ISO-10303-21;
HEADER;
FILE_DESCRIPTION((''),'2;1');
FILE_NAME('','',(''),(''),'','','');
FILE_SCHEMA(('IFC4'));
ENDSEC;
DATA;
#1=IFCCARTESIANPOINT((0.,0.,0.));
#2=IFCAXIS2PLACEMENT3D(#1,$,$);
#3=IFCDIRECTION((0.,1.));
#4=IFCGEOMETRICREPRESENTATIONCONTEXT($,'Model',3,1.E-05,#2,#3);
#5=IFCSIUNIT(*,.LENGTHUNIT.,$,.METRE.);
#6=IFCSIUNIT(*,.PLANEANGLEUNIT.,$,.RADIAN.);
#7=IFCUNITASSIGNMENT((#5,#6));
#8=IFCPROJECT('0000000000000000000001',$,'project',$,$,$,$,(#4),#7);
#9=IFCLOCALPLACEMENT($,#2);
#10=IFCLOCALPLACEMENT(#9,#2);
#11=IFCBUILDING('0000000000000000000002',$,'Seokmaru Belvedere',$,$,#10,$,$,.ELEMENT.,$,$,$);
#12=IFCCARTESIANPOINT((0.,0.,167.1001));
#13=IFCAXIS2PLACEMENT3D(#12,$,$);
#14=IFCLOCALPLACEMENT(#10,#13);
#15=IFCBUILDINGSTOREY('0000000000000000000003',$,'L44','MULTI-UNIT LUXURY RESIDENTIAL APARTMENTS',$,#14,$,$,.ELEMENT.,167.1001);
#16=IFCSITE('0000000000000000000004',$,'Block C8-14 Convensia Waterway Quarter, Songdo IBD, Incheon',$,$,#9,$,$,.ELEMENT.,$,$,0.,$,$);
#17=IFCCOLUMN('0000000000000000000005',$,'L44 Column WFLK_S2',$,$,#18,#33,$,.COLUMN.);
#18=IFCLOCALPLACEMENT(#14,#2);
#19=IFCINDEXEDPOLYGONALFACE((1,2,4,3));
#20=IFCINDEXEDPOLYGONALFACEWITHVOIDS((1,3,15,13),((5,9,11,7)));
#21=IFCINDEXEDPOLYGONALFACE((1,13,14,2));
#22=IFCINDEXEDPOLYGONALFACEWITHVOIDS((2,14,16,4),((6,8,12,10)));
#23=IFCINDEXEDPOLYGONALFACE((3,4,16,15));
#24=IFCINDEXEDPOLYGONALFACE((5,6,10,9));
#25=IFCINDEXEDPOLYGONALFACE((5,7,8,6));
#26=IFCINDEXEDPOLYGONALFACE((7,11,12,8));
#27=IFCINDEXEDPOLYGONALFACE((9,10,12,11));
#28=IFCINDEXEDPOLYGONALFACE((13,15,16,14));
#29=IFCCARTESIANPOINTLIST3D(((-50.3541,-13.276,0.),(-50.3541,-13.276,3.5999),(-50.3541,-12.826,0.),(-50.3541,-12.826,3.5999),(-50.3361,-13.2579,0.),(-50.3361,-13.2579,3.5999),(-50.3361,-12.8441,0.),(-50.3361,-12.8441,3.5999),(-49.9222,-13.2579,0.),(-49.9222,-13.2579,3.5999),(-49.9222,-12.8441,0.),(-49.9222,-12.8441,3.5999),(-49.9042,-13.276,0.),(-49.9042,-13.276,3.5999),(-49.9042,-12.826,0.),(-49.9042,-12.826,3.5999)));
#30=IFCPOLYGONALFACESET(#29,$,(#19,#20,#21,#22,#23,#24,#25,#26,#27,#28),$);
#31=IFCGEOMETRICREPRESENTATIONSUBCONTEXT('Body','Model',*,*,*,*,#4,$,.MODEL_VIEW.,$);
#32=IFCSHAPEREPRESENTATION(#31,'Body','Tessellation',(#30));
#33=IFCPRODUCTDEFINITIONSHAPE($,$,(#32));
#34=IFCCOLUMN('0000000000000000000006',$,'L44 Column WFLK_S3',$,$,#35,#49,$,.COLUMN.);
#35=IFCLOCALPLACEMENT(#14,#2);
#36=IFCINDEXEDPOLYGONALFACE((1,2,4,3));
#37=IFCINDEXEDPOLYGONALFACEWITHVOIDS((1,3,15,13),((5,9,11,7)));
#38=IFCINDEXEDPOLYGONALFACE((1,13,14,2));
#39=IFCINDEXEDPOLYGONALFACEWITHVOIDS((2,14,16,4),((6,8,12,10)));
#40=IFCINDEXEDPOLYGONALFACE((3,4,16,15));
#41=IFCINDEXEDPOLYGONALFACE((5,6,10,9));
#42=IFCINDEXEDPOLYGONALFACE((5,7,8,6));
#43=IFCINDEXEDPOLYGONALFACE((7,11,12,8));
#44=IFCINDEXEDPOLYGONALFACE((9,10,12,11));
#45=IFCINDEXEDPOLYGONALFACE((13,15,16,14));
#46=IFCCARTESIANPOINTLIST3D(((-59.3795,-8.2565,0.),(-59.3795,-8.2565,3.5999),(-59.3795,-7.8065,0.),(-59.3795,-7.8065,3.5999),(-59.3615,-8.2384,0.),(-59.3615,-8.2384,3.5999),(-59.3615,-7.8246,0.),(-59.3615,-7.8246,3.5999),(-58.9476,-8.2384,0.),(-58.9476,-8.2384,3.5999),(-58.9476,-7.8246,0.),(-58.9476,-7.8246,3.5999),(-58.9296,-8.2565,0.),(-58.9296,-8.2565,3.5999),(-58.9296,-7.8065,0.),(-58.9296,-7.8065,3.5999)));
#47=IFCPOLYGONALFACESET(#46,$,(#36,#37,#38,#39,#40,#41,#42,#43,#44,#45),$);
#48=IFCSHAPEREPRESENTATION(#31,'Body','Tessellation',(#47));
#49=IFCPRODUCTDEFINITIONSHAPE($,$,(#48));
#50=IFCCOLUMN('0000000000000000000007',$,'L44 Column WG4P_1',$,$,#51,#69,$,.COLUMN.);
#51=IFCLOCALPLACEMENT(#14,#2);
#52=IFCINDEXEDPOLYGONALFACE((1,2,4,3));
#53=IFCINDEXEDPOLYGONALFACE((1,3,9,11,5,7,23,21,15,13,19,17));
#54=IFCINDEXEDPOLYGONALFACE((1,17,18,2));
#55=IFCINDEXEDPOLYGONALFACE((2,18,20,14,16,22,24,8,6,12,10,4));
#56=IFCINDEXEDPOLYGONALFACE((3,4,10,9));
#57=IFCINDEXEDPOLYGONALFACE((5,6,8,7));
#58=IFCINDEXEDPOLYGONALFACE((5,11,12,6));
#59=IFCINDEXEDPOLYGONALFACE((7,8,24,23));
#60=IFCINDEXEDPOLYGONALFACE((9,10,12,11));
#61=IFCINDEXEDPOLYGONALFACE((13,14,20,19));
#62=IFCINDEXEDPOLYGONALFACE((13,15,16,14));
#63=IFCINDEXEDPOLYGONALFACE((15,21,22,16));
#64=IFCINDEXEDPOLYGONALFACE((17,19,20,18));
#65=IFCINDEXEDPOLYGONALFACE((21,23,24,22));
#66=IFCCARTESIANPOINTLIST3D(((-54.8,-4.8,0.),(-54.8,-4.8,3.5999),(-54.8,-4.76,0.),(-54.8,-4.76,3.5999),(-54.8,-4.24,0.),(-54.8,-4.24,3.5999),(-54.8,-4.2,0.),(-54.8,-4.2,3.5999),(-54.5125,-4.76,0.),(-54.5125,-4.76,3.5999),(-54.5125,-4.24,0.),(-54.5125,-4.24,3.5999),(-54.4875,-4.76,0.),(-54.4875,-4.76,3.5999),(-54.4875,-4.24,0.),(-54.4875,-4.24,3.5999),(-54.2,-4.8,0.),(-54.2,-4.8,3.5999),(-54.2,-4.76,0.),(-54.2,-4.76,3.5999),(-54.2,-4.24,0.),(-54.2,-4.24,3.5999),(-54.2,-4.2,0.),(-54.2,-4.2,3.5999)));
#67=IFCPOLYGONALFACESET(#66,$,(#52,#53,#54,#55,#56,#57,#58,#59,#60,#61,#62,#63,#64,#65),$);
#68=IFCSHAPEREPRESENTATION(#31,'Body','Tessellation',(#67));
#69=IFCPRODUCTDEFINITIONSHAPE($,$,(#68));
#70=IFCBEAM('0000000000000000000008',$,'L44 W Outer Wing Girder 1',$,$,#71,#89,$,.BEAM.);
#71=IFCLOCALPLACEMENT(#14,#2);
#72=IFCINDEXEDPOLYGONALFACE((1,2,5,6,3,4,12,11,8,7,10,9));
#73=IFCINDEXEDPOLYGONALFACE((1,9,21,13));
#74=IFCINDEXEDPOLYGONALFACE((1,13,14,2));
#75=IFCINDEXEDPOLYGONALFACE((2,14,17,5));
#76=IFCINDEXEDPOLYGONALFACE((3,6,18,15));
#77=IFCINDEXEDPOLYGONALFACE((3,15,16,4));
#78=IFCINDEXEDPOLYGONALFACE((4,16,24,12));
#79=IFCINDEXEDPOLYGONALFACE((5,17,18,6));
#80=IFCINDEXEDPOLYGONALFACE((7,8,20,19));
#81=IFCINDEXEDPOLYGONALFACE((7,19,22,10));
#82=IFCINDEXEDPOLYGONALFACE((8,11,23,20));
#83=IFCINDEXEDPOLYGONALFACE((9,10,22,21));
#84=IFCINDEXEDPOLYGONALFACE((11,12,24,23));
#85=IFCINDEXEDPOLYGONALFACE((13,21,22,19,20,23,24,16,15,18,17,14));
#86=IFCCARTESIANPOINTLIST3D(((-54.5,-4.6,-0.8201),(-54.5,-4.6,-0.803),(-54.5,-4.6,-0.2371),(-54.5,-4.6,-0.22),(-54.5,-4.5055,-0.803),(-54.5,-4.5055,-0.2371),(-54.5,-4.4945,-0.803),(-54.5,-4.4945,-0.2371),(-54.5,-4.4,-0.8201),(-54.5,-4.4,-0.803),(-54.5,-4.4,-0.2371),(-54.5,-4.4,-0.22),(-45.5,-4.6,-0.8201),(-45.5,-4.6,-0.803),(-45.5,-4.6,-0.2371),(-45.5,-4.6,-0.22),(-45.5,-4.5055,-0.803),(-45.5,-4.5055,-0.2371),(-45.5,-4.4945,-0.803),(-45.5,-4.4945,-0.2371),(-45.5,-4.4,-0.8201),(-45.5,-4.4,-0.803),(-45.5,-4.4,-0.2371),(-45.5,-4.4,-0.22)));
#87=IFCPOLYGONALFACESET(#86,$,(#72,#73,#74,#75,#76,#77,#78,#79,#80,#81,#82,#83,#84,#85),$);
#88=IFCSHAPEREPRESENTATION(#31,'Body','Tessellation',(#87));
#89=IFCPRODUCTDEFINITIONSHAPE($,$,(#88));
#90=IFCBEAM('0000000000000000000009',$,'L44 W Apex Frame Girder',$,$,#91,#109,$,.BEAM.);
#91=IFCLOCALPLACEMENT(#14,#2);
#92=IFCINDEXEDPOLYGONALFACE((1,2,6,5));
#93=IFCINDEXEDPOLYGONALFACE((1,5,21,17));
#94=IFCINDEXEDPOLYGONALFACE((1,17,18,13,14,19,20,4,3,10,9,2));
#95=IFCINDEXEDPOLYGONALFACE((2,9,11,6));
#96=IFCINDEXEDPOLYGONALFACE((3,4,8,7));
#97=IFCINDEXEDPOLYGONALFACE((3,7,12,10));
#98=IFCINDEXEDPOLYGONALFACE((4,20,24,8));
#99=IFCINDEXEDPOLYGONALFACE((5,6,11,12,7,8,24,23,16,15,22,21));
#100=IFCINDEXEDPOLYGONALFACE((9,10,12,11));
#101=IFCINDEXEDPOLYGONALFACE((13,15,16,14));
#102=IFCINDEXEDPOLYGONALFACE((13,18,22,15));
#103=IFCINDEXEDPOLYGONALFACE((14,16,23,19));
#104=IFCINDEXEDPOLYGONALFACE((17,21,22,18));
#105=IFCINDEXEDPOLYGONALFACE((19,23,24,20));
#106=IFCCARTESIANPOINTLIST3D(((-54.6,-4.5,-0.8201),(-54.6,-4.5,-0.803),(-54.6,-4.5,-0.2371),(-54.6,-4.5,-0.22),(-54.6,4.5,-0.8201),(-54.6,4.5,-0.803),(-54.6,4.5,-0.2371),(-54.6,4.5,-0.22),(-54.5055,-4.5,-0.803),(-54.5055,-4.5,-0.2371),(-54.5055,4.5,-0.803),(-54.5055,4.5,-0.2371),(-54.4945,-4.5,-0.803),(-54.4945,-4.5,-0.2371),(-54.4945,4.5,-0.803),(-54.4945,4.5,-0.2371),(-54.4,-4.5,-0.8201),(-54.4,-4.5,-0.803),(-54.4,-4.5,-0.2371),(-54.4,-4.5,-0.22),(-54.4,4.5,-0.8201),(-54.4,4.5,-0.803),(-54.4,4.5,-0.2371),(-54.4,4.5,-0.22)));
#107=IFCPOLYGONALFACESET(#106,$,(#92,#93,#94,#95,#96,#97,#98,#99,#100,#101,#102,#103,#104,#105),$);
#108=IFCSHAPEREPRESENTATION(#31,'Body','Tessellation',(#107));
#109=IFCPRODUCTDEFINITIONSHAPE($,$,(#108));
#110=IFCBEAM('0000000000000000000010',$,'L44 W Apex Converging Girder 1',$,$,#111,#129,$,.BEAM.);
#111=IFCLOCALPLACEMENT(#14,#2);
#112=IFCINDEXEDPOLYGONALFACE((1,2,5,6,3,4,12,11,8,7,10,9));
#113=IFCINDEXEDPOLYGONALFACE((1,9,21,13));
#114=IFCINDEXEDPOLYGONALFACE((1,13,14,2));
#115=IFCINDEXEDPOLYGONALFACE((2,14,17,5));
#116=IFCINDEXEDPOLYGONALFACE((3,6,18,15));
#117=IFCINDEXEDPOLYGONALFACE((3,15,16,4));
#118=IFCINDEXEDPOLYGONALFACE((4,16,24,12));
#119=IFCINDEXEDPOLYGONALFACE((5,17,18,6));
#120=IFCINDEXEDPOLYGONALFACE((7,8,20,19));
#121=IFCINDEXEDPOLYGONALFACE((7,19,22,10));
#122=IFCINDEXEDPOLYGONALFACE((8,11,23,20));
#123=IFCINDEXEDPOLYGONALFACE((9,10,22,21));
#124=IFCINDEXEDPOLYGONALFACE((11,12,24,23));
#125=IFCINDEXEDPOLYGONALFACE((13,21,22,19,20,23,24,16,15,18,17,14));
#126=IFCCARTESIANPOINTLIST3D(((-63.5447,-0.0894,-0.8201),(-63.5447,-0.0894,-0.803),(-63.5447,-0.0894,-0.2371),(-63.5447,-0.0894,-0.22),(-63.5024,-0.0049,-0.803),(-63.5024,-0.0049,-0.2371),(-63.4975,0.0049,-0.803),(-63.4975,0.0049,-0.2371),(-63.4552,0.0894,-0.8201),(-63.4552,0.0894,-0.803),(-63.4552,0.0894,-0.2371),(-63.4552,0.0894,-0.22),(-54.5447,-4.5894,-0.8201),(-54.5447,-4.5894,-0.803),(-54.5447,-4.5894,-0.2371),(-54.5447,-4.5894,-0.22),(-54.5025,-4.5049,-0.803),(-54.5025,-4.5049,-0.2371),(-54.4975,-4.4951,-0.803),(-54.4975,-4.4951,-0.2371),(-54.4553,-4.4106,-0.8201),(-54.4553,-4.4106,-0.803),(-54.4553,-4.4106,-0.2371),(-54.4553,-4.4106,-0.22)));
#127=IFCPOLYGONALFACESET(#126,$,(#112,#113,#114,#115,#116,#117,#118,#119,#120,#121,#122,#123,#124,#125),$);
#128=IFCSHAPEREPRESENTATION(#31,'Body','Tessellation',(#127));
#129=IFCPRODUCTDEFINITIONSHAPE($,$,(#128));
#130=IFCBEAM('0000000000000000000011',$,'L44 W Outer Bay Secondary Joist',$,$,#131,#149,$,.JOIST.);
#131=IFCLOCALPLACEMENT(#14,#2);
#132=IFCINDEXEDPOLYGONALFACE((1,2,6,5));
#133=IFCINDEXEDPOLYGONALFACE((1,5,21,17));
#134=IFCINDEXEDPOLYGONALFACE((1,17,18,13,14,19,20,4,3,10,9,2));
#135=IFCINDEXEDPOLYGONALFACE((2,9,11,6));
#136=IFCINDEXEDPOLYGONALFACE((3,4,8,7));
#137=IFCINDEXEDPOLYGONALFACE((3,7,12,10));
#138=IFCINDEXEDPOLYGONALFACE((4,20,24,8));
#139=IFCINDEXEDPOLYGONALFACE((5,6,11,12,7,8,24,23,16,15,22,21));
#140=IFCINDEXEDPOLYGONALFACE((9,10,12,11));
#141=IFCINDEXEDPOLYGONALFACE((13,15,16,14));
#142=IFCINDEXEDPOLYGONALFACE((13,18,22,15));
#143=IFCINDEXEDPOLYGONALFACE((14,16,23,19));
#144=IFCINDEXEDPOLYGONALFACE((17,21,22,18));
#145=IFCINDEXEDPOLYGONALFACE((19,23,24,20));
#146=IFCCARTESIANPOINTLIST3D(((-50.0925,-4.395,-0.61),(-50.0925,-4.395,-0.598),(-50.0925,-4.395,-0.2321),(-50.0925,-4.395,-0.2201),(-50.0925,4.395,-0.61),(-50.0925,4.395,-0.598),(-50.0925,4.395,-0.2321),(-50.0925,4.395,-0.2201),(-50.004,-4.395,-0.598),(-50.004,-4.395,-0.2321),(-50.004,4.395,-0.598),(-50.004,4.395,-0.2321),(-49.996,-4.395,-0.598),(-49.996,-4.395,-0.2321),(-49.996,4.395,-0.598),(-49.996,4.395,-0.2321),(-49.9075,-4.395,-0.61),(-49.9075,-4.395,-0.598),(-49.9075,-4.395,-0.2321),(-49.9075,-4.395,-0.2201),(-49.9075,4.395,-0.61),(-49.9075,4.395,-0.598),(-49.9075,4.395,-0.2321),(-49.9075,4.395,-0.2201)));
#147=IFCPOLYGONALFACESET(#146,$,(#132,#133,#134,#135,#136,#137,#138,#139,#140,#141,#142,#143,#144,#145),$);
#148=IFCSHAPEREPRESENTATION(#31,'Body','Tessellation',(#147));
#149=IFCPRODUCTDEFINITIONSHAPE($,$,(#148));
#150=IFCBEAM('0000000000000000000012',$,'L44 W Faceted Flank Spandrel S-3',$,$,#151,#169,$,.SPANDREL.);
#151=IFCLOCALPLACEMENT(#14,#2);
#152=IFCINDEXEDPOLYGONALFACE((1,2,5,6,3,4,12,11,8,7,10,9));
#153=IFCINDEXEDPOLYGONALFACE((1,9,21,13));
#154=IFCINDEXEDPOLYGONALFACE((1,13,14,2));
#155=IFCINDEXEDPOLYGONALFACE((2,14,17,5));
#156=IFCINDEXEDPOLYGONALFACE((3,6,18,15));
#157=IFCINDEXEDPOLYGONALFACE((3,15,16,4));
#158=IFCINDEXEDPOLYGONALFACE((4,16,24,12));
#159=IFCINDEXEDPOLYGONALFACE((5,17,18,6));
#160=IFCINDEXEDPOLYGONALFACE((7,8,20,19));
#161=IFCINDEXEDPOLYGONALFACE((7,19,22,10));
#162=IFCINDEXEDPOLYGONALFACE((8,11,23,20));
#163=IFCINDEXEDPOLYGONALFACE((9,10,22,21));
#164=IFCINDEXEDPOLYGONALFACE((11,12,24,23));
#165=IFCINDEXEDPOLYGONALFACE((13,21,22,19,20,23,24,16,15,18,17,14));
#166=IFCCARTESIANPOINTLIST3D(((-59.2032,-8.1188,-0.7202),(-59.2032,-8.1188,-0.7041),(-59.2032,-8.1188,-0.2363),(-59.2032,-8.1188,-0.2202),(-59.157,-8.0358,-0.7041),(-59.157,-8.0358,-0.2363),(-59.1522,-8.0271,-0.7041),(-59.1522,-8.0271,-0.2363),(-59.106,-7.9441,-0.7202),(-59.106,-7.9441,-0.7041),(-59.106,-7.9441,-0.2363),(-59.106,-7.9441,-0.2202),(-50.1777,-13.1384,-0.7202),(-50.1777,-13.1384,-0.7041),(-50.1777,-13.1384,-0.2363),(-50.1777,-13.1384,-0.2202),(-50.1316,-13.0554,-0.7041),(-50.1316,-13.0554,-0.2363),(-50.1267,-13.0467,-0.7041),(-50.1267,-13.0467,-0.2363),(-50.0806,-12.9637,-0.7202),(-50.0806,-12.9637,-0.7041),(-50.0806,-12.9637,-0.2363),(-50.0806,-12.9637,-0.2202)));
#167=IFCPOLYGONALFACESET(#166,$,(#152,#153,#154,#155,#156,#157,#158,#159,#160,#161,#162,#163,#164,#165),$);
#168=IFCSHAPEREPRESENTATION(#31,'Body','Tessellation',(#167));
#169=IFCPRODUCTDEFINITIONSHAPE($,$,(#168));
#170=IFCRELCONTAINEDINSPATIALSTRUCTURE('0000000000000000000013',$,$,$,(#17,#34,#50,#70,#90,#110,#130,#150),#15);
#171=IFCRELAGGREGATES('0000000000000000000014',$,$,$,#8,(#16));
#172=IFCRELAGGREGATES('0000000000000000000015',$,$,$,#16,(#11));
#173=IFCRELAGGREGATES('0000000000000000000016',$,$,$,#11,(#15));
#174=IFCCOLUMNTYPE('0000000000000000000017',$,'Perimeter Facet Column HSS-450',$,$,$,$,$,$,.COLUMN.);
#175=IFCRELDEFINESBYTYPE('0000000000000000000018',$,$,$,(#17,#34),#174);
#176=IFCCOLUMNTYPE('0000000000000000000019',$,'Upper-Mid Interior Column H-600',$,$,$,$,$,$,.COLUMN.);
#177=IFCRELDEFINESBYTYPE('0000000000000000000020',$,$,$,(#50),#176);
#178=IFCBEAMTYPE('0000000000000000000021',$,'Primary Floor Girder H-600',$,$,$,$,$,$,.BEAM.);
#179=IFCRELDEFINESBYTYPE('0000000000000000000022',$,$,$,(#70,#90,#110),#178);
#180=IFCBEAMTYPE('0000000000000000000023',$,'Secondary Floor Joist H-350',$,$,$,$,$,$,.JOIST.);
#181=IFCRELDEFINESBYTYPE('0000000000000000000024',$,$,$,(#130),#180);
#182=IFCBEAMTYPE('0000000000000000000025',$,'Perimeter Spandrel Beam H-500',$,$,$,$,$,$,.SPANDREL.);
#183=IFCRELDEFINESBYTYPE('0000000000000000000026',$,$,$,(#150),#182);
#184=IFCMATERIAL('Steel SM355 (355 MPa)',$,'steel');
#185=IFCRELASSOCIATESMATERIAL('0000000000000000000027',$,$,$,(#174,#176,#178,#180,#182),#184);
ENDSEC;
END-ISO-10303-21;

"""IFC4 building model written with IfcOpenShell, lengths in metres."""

from ifc_helpers import new_model, si_unit, direction, frame, origin, origin_2d, place, context, subcontext, project, spatial, hollow_rectangle, i_section, extrude, source, transform, mapped, material, material_profile, profile_set, type_object, type_shapes, element, save


model = new_model("IFC4")

# Units and contexts
model_context = context("Model", 3, precision=1e-05, world=origin(), true_north=direction((0.0, 1.0)))
body_context = subcontext(model_context, "Body", "Model", "MODEL_VIEW")
ifc_project = project(units=[si_unit("LENGTHUNIT", "METRE"), si_unit("PLANEANGLEUNIT", "RADIAN")], contexts=[model_context])

# Site, building, storey
site_placement = place(None, origin())
site = spatial("IfcSite", under=ifc_project, at=site_placement, Name="Block C8-14 Convensia Waterway Quarter, Songdo IBD, Incheon", CompositionType="ELEMENT", RefElevation=0.0)
building_placement = place(site_placement, origin())
building = spatial("IfcBuilding", under=site, at=building_placement, Name="Seokmaru Belvedere", CompositionType="ELEMENT")
storey_placement = place(building_placement, frame((0.0, 0.0, 167.1001)))
storey = spatial("IfcBuildingStorey", under=building, at=storey_placement, Name="L44", Description="MULTI-UNIT LUXURY RESIDENTIAL APARTMENTS", CompositionType="ELEMENT", Elevation=167.1001)

# Columns
ifc_material_1 = material(Name="Steel SM355 (355 MPa)", Category="steel")
ifc_material_profile_1 = material_profile(ifc_material_1, hollow_rectangle(XDim=0.45, YDim=0.45, WallThickness=0.0181, at=origin_2d()), Name="HSS-450x450x18")
ifc_profile_set_1 = profile_set([ifc_material_profile_1], Name="Steel SM355 (355 MPa)")
column_type_1 = type_object("IfcColumnType", Name="Perimeter Facet Column HSS-450", PredefinedType="COLUMN", material=ifc_profile_set_1)
shared_shape_1 = source(origin(), body_context, "Body", "SweptSolid", [
    extrude(hollow_rectangle(XDim=0.45, YDim=0.45, WallThickness=0.0181, at=origin_2d()), origin(), (0.0, 0.0, 1.0), 3.5999),
])
type_shapes(column_type_1, [shared_shape_1])
for number, where, z_axis, x_axis, name in (
    (1, (-50.1292, -13.051, 0.0), (0.0, 0.0, 1.0), (1.0, 0.0, 0.0), "L44 Column WFLK_S2"),
    (2, (-59.1545, -8.0315, 0.0), (0.0, 0.0, 1.0), (1.0, 0.0, 0.0), "L44 Column WFLK_S3"),
):
    element("IfcColumn", number, at=place(storey_placement, frame(where, z_axis=z_axis, x_axis=x_axis)), inside=storey, type_object=column_type_1, Name=name, PredefinedType="COLUMN", context=body_context, shape_type="MappedRepresentation", body=[
        mapped(shared_shape_1, transform((0.0, 0.0, 0.0), scale=1.0)),
    ])
ifc_material_profile_2 = material_profile(ifc_material_1, i_section(OverallWidth=0.6001, OverallDepth=0.6001, WebThickness=0.0249, FlangeThickness=0.04, at=origin_2d()), Name="H-600x600x25x40")
ifc_profile_set_2 = profile_set([ifc_material_profile_2], Name="Steel SM355 (355 MPa)")
column_type_2 = type_object("IfcColumnType", Name="Upper-Mid Interior Column H-600", PredefinedType="COLUMN", material=ifc_profile_set_2)
shared_shape_2 = source(origin(), body_context, "Body", "SweptSolid", [
    extrude(i_section(OverallWidth=0.6001, OverallDepth=0.6001, WebThickness=0.0249, FlangeThickness=0.04, at=origin_2d()), origin(), (0.0, 0.0, 1.0), 3.5999),
])
type_shapes(column_type_2, [shared_shape_2])
column_placement = place(storey_placement, frame((-54.5, -4.5, 0.0), z_axis=(0.0, 0.0, 1.0), x_axis=(1.0, 0.0, 0.0)))
element("IfcColumn", 3, at=column_placement, inside=storey, type_object=column_type_2, Name="L44 Column WG4P_1", PredefinedType="COLUMN", context=body_context, shape_type="MappedRepresentation", body=[
    mapped(shared_shape_2, transform((0.0, 0.0, 0.0), scale=1.0)),
])

# Beams
ifc_material_profile_3 = material_profile(ifc_material_1, i_section(OverallWidth=0.2, OverallDepth=0.6001, WebThickness=0.011, FlangeThickness=0.0171, at=origin_2d()), Name="H-600x200x11x17")
ifc_profile_set_3 = profile_set([ifc_material_profile_3], Name="Steel SM355 (355 MPa)")
beam_type_1 = type_object("IfcBeamType", Name="Primary Floor Girder H-600", PredefinedType="BEAM", material=ifc_profile_set_3)
shared_shape_3 = source(origin(), body_context, "Body", "SweptSolid", [
    extrude(i_section(OverallWidth=0.2, OverallDepth=0.6001, WebThickness=0.011, FlangeThickness=0.0171, at=origin_2d()), origin(), (0.0, 0.0, 1.0), 9.0),
])
for number, where, z_axis, x_axis, name in (
    (4, (-54.5, -4.5, -0.52), (1.0, 0.0, 0.0), (0.0, 1.0, 0.0), "L44 W Outer Wing Girder 1"),
    (5, (-54.5, -4.5, -0.52), (0.0, 1.0, 0.0), (-1.0, 0.0, 0.0), "L44 W Apex Frame Girder"),
):
    element("IfcBeam", number, at=place(storey_placement, frame(where, z_axis=z_axis, x_axis=x_axis)), inside=storey, type_object=beam_type_1, Name=name, PredefinedType="BEAM", context=body_context, shape_type="MappedRepresentation", body=[
        mapped(shared_shape_3, transform((0.0, 0.0, 0.0), scale=1.0)),
    ])
shared_shape_4 = source(origin(), body_context, "Body", "SweptSolid", [
    extrude(i_section(OverallWidth=0.2, OverallDepth=0.6001, WebThickness=0.011, FlangeThickness=0.0171, at=origin_2d()), origin(), (0.0, 0.0, 1.0), 10.0623),
])
beam_1_placement = place(storey_placement, frame((-54.5, -4.5, -0.52), z_axis=(-0.894427, 0.447214, 0.0), x_axis=(-0.447214, -0.894427, 0.0)))
element("IfcBeam", 6, at=beam_1_placement, inside=storey, type_object=beam_type_1, Name="L44 W Apex Converging Girder 1", PredefinedType="BEAM", context=body_context, shape_type="MappedRepresentation", body=[
    mapped(shared_shape_4, transform((0.0, 0.0, 0.0), scale=1.0)),
])
ifc_material_profile_4 = material_profile(ifc_material_1, i_section(OverallWidth=0.1851, OverallDepth=0.3899, WebThickness=0.0081, FlangeThickness=0.012, at=origin_2d()), Name="H-390x185x8x12")
ifc_profile_set_4 = profile_set([ifc_material_profile_4], Name="Steel SM355 (355 MPa)")
beam_type_2 = type_object("IfcBeamType", Name="Secondary Floor Joist H-350", PredefinedType="JOIST", material=ifc_profile_set_4)
shared_shape_5 = source(origin(), body_context, "Body", "SweptSolid", [
    extrude(i_section(OverallWidth=0.1851, OverallDepth=0.3899, WebThickness=0.0081, FlangeThickness=0.012, at=origin_2d()), origin(), (0.0, 0.0, 1.0), 8.79),
])
type_shapes(beam_type_2, [shared_shape_5])
beam_2_placement = place(storey_placement, frame((-50.0, -4.395, -0.415), z_axis=(0.0, 1.0, 0.0), x_axis=(-1.0, 0.0, 0.0)))
element("IfcBeam", 7, at=beam_2_placement, inside=storey, type_object=beam_type_2, Name="L44 W Outer Bay Secondary Joist", PredefinedType="JOIST", context=body_context, shape_type="MappedRepresentation", body=[
    mapped(shared_shape_5, transform((0.0, 0.0, 0.0), scale=1.0)),
])
ifc_material_profile_5 = material_profile(ifc_material_1, i_section(OverallWidth=0.2, OverallDepth=0.5, WebThickness=0.01, FlangeThickness=0.0161, at=origin_2d()), Name="H-500x200x10x16")
ifc_profile_set_5 = profile_set([ifc_material_profile_5], Name="Steel SM355 (355 MPa)")
beam_type_3 = type_object("IfcBeamType", Name="Perimeter Spandrel Beam H-500", PredefinedType="SPANDREL", material=ifc_profile_set_5)
shared_shape_6 = source(origin(), body_context, "Body", "SweptSolid", [
    extrude(i_section(OverallWidth=0.2, OverallDepth=0.5, WebThickness=0.01, FlangeThickness=0.0161, at=origin_2d()), origin(), (0.0, 0.0, 1.0), 10.3274),
])
beam_3_placement = place(storey_placement, frame((-50.1292, -13.051, -0.4702), z_axis=(-0.873934, 0.486044, 0.0), x_axis=(-0.486044, -0.873934, 0.0)))
element("IfcBeam", 8, at=beam_3_placement, inside=storey, type_object=beam_type_3, Name="L44 W Faceted Flank Spandrel S-3", PredefinedType="SPANDREL", context=body_context, shape_type="MappedRepresentation", body=[
    mapped(shared_shape_6, transform((0.0, 0.0, 0.0), scale=1.0)),
])

save(model, "model.ifc")
